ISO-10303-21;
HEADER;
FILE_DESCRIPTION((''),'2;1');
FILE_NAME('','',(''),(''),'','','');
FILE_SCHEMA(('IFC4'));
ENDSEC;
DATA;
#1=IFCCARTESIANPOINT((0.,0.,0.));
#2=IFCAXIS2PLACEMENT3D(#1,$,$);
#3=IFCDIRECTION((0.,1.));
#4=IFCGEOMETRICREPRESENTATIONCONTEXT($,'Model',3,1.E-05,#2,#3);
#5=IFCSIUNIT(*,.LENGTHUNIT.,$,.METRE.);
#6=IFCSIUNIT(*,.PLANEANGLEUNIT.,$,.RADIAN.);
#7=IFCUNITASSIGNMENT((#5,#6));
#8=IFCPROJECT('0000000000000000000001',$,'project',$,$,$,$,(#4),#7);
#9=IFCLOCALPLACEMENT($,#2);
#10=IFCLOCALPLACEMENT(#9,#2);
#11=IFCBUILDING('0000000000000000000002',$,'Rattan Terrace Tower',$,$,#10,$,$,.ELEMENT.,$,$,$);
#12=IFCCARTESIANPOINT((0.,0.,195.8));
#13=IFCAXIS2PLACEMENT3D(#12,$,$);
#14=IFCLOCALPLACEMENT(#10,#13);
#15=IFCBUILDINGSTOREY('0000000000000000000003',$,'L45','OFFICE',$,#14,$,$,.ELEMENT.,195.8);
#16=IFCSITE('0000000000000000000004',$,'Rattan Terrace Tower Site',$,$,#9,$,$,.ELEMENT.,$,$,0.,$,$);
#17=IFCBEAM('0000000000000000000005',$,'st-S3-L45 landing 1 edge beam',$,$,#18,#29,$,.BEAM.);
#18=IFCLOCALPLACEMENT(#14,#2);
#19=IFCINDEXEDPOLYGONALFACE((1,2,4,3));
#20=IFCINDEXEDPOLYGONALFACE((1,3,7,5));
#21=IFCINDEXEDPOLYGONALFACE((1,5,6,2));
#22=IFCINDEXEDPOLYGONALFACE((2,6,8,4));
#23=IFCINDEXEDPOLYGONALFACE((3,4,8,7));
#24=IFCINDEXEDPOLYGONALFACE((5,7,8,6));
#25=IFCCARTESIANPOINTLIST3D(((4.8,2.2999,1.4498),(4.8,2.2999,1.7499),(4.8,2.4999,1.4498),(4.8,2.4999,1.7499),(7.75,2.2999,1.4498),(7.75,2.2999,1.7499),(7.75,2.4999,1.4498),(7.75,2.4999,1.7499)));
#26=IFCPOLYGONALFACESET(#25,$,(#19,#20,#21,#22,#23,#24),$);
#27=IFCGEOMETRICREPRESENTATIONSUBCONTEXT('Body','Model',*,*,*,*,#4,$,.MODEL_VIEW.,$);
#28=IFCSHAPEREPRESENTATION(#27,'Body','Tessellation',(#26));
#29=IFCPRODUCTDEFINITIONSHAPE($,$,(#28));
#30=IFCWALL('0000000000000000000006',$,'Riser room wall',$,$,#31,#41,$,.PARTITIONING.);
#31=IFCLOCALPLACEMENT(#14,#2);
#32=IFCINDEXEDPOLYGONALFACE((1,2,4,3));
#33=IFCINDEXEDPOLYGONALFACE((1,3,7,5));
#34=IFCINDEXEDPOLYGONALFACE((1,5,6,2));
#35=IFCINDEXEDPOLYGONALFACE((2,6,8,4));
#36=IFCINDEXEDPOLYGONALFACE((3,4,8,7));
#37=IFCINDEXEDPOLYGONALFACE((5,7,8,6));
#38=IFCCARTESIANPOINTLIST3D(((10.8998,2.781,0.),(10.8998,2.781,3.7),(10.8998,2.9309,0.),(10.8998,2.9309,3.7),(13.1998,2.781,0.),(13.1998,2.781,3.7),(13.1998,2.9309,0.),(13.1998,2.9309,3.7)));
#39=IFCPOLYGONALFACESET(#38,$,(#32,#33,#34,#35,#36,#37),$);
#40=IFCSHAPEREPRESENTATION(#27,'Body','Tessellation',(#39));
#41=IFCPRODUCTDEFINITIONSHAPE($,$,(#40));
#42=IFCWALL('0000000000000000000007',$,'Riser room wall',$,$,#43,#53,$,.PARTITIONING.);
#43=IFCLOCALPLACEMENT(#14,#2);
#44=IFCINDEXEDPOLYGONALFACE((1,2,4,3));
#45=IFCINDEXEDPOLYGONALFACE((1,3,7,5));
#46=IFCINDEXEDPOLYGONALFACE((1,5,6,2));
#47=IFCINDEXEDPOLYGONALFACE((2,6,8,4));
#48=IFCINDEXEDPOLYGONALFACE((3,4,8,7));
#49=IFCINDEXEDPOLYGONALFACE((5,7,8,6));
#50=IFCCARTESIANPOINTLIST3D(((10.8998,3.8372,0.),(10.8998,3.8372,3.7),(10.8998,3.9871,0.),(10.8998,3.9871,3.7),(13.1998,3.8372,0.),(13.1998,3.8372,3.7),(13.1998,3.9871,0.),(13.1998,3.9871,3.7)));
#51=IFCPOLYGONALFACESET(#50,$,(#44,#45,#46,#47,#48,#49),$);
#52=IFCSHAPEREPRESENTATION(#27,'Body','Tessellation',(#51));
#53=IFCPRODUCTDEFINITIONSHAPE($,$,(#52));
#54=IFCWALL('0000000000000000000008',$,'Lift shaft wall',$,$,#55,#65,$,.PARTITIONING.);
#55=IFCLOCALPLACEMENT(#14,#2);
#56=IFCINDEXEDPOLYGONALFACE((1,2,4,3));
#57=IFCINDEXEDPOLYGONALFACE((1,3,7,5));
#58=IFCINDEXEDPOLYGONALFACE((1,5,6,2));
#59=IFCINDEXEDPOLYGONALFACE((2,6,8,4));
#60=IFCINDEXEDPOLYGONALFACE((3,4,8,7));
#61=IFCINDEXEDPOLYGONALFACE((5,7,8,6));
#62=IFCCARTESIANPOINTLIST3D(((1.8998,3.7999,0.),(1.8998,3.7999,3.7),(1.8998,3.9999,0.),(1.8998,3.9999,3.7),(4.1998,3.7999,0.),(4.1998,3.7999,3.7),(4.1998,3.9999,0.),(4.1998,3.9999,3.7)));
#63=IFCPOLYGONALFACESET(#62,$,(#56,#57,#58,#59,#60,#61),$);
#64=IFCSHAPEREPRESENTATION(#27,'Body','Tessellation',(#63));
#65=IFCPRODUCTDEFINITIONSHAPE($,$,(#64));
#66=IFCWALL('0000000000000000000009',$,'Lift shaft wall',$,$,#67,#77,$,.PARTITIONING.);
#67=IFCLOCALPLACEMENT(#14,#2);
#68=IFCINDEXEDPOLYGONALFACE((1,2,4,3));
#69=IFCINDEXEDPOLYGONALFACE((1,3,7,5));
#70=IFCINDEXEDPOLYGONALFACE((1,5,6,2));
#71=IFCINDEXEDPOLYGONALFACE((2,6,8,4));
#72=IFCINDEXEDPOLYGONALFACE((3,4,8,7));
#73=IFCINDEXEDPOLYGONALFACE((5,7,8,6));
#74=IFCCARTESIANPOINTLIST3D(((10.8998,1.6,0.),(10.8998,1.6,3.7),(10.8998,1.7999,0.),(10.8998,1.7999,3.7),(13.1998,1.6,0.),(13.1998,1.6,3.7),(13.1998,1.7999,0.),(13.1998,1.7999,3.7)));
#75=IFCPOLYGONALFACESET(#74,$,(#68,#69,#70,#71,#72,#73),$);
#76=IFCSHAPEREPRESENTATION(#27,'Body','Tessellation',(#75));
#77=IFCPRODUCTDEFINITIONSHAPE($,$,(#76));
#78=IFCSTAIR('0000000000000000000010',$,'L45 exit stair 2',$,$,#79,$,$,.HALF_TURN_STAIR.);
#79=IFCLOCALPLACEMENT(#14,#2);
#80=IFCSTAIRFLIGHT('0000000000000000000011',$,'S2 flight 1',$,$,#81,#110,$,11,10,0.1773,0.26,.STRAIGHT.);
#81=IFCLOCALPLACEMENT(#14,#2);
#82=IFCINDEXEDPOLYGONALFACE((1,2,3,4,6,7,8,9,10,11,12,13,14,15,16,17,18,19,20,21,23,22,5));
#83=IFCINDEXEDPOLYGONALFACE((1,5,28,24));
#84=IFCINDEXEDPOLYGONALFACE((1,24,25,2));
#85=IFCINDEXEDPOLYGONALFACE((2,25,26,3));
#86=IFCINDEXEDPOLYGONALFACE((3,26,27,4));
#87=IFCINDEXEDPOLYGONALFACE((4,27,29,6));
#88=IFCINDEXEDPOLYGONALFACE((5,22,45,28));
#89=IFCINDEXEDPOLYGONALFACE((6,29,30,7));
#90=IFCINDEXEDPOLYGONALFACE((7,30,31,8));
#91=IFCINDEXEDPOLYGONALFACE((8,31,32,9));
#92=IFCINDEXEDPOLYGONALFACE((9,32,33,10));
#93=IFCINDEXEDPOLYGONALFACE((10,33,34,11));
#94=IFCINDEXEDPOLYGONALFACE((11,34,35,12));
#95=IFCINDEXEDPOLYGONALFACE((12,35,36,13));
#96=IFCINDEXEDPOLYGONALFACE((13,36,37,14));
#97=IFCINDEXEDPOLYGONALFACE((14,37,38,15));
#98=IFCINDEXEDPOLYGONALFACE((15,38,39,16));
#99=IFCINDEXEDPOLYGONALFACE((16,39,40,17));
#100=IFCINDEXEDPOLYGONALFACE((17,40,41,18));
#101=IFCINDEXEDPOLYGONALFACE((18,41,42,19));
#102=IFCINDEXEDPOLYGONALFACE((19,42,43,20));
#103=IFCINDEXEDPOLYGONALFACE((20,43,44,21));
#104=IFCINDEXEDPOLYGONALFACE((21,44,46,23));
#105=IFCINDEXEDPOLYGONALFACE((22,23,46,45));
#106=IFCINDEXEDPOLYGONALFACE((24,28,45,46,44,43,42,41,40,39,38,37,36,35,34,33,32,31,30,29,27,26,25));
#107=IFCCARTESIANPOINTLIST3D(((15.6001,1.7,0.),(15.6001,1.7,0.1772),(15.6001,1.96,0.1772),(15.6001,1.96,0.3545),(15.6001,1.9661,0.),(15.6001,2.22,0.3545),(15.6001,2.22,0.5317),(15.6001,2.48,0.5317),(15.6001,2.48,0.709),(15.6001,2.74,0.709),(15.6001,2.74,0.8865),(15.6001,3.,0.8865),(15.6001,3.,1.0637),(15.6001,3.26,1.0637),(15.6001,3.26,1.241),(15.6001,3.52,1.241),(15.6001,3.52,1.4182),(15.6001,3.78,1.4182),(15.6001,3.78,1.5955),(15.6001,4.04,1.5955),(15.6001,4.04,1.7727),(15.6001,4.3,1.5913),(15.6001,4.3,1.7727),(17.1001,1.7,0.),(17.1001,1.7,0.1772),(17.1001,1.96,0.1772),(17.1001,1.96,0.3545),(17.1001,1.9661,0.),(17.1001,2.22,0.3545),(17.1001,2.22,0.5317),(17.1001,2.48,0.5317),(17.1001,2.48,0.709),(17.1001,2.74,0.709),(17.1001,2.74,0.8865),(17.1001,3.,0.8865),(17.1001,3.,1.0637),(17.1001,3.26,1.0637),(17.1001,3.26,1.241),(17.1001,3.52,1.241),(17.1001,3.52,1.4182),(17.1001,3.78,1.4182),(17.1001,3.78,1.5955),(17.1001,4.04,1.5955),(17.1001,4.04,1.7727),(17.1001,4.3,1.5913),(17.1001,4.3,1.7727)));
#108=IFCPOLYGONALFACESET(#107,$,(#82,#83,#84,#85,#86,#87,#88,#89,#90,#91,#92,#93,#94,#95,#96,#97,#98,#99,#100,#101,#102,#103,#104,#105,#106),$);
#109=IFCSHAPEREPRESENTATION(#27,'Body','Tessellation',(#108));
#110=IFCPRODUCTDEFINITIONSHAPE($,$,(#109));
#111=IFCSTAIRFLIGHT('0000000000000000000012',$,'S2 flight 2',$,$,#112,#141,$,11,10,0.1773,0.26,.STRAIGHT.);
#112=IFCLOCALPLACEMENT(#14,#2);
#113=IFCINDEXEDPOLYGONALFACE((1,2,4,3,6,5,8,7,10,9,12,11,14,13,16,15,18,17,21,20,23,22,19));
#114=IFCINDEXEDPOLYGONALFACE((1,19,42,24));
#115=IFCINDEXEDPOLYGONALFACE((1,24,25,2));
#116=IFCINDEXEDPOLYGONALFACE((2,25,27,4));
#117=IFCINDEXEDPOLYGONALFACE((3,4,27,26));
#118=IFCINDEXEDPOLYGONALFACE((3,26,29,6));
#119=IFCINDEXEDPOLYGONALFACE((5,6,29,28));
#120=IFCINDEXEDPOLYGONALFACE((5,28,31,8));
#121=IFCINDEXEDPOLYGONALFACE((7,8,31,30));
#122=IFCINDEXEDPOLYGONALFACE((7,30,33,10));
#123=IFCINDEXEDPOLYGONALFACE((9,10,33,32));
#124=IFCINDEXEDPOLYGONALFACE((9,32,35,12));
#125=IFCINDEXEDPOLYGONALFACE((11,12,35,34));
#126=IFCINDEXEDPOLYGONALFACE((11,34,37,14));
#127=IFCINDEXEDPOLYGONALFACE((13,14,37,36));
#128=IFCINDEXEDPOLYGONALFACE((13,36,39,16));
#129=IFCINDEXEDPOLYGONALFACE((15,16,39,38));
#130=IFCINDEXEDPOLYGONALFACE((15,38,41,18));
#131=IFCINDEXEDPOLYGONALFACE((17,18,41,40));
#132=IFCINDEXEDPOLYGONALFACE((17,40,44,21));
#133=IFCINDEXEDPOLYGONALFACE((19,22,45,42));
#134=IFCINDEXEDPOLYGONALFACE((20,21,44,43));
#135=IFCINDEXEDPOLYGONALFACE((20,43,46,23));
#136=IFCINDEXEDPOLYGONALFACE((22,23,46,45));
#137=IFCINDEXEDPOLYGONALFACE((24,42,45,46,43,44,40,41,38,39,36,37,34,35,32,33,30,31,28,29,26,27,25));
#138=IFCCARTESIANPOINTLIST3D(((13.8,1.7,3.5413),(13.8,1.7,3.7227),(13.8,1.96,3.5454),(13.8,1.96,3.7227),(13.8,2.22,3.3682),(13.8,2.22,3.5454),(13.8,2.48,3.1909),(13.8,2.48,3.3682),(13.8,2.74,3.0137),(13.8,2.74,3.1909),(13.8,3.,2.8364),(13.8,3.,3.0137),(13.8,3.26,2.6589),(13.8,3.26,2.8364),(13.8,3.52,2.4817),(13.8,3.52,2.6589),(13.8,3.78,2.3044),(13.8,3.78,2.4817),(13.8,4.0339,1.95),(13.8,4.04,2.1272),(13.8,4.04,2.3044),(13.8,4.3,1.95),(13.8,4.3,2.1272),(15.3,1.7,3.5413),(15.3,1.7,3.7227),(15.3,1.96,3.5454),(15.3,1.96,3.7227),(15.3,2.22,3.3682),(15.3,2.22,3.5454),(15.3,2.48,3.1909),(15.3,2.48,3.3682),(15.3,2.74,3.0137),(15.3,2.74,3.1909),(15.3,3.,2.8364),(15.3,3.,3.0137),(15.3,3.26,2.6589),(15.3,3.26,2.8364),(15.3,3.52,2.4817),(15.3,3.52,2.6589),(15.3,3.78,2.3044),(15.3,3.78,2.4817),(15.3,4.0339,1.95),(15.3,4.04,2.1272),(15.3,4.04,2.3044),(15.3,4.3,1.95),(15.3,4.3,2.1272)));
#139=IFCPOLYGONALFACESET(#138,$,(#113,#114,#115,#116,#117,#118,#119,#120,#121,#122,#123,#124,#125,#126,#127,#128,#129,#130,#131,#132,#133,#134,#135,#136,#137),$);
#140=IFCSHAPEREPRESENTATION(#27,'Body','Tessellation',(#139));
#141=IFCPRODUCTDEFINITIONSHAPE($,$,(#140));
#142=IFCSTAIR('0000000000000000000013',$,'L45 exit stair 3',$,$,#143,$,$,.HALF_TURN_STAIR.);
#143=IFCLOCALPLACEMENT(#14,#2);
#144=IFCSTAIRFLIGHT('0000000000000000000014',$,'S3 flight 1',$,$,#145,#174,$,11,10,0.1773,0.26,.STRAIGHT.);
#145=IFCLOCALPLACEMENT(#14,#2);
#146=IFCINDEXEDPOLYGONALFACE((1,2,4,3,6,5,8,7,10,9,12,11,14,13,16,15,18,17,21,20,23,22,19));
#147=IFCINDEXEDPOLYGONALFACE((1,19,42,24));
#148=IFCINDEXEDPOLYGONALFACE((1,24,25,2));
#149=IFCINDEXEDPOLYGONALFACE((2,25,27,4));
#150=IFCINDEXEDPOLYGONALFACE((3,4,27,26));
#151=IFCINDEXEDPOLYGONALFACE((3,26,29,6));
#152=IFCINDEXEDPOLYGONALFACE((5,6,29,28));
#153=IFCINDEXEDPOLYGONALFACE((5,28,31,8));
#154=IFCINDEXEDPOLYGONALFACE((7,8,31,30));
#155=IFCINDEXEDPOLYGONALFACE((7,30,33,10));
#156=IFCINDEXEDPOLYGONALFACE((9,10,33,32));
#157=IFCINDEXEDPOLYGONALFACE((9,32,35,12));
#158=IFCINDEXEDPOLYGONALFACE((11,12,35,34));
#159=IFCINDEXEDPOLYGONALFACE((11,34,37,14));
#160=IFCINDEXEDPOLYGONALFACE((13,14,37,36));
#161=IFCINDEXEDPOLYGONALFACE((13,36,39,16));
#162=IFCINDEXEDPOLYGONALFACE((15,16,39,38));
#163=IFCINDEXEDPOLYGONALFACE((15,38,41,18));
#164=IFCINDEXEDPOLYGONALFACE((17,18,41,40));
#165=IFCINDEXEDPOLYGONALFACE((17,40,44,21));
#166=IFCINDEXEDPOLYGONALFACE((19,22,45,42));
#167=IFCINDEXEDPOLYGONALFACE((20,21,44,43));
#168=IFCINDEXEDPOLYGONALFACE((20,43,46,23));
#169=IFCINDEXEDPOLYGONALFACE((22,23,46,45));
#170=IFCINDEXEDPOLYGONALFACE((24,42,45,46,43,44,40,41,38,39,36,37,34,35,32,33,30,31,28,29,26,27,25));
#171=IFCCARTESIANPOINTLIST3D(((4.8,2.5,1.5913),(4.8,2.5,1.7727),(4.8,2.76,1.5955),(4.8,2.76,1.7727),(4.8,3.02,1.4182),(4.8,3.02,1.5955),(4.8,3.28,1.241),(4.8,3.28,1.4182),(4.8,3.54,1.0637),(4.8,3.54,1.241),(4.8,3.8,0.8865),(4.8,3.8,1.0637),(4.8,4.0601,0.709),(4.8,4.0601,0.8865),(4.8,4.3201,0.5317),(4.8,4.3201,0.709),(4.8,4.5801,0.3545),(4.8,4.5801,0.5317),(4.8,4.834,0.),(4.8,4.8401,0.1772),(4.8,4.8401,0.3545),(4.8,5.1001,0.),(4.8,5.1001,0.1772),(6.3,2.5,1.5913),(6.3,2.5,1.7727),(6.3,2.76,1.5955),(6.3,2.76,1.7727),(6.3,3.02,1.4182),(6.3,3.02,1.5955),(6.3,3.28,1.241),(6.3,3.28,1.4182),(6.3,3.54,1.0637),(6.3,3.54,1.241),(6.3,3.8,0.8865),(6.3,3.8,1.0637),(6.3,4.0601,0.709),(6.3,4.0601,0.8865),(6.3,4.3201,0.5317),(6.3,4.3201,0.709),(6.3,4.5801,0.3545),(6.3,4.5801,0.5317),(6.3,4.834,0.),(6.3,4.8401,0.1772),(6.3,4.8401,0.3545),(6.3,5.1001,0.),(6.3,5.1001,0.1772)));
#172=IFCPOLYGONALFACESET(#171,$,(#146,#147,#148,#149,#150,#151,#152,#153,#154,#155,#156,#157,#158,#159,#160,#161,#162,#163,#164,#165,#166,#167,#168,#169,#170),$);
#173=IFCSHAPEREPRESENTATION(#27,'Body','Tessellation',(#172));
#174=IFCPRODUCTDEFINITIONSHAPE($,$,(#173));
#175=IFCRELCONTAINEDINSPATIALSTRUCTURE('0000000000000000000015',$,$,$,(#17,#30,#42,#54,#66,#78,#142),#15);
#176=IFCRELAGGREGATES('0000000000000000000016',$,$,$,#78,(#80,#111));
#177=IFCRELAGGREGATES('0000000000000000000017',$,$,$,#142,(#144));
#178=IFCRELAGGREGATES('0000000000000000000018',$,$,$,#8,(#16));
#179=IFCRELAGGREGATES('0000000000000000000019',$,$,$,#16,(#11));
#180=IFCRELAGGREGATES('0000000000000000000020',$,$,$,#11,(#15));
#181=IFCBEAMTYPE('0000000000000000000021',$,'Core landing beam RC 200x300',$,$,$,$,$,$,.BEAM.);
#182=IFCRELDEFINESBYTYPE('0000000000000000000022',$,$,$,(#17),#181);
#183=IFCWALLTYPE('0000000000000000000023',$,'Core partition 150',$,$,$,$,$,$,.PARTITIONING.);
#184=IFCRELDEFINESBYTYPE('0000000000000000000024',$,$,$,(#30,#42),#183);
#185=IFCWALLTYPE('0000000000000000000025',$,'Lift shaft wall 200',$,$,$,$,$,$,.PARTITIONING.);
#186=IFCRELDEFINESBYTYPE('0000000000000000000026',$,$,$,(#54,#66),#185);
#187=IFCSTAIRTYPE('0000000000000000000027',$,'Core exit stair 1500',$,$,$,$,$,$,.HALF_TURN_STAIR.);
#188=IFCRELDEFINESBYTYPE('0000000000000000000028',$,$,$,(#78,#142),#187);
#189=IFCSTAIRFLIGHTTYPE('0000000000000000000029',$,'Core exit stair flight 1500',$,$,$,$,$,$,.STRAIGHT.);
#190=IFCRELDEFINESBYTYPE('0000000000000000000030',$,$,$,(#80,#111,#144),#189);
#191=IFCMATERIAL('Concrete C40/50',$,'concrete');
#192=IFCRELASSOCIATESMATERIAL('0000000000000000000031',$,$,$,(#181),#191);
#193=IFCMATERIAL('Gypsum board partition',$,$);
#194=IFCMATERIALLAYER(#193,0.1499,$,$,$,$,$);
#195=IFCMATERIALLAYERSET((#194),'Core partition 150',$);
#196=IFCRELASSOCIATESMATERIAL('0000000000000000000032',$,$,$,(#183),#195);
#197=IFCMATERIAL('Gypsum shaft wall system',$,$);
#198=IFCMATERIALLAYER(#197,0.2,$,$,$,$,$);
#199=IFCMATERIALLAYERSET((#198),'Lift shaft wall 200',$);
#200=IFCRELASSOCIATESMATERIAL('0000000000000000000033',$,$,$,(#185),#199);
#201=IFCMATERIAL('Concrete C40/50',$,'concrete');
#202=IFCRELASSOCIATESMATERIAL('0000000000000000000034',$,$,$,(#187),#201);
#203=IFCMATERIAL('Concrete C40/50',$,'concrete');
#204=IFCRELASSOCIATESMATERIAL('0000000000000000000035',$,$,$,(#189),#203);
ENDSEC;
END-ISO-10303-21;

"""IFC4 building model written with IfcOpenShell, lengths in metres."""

from ifc_helpers import new_model, si_unit, direction, frame, frame_2d, origin, origin_2d, place, context, subcontext, project, spatial, polyline, rectangle, outline, extrude, material, layer, layer_set, material_profile, profile_set, type_object, element, aggregate, save


model = new_model("IFC4")

# Units and contexts
model_context = context("Model", 3, precision=1e-05, world=origin(), true_north=direction((0.0, 1.0)))
body_context = subcontext(model_context, "Body", "Model", "MODEL_VIEW")
ifc_project = project(units=[si_unit("LENGTHUNIT", "METRE"), si_unit("PLANEANGLEUNIT", "RADIAN")], contexts=[model_context])

# Site, building, storey
site_placement = place(None, origin())
site = spatial("IfcSite", under=ifc_project, at=site_placement, Name="Rattan Terrace Tower Site", CompositionType="ELEMENT", RefElevation=0.0)
building_placement = place(site_placement, origin())
building = spatial("IfcBuilding", under=site, at=building_placement, Name="Rattan Terrace Tower", CompositionType="ELEMENT")
storey_placement = place(building_placement, frame((0.0, 0.0, 195.8)))
storey = spatial("IfcBuildingStorey", under=building, at=storey_placement, Name="L45", Description="OFFICE", CompositionType="ELEMENT", Elevation=195.8)

# Beam
ifc_material_1 = material(Name="Concrete C40/50", Category="concrete")
ifc_material_profile = material_profile(ifc_material_1, rectangle(XDim=0.2, YDim=0.3, at=origin_2d()), Name="RC 200x300")
ifc_profile_set = profile_set([ifc_material_profile], Name="Concrete C40/50")
beam_type = type_object("IfcBeamType", Name="Core landing beam RC 200x300", PredefinedType="BEAM", material=ifc_profile_set)
beam_placement = place(storey_placement, frame((4.8, 2.3999, 1.5999), z_axis=(1.0, 0.0, 0.0), x_axis=(0.0, 1.0, 0.0)))
element("IfcBeam", 1, at=beam_placement, inside=storey, type_object=beam_type, Name="st-S3-L45 landing 1 edge beam", PredefinedType="BEAM", context=body_context, shape_type="SweptSolid", body=[
    extrude(rectangle(XDim=0.2, YDim=0.3, at=origin_2d()), origin(), (0.0, 0.0, 1.0), 2.95),
])

# Walls
ifc_material_2 = material(Name="Gypsum board partition")
ifc_layer_1 = layer(ifc_material_2, 0.1499)
ifc_layer_set_1 = layer_set([ifc_layer_1], Name="Core partition 150")
wall_type_1 = type_object("IfcWallType", Name="Core partition 150", PredefinedType="PARTITIONING", material=ifc_layer_set_1)
for number, where, z_axis, x_axis, name in (
    (2, (10.8999, 2.856, 0.0), (0.0, 0.0, 1.0), (1.0, 0.0, 0.0), "Riser room wall"),
    (3, (10.8999, 3.9121, 0.0), (0.0, 0.0, 1.0), (1.0, 0.0, 0.0), "Riser room wall"),
):
    element("IfcWall", number, at=place(storey_placement, frame(where, z_axis=z_axis, x_axis=x_axis)), inside=storey, type_object=wall_type_1, Name=name, PredefinedType="PARTITIONING", context=body_context, shape_type="SweptSolid", body=[
        extrude(rectangle(XDim=2.3, YDim=0.1499, at=frame_2d((1.1499, 0.0))), origin(), (0.0, 0.0, 1.0), 3.7),
    ])
ifc_material_3 = material(Name="Gypsum shaft wall system")
ifc_layer_2 = layer(ifc_material_3, 0.2)
ifc_layer_set_2 = layer_set([ifc_layer_2], Name="Lift shaft wall 200")
wall_type_2 = type_object("IfcWallType", Name="Lift shaft wall 200", PredefinedType="PARTITIONING", material=ifc_layer_set_2)
for number, where, z_axis, x_axis, name in (
    (4, (1.8999, 3.8999, 0.0), (0.0, 0.0, 1.0), (1.0, 0.0, 0.0), "Lift shaft wall"),
    (5, (10.8999, 1.7, 0.0), (0.0, 0.0, 1.0), (1.0, 0.0, 0.0), "Lift shaft wall"),
):
    element("IfcWall", number, at=place(storey_placement, frame(where, z_axis=z_axis, x_axis=x_axis)), inside=storey, type_object=wall_type_2, Name=name, PredefinedType="PARTITIONING", context=body_context, shape_type="SweptSolid", body=[
        extrude(rectangle(XDim=2.3, YDim=0.2, at=frame_2d((1.1499, 0.0))), origin(), (0.0, 0.0, 1.0), 3.7),
    ])

# Stairs, stair flights
ifc_material_4 = material(Name="Concrete C40/50", Category="concrete")
stair_type = type_object("IfcStairType", Name="Core exit stair 1500", PredefinedType="HALF_TURN_STAIR", material=ifc_material_4)
stair_1_placement = place(storey_placement, origin())
stair_1 = element("IfcStair", 6, at=stair_1_placement, inside=storey, type_object=stair_type, Name="L45 exit stair 2", PredefinedType="HALF_TURN_STAIR")
ifc_material_5 = material(Name="Concrete C40/50", Category="concrete")
stair_flight_type = type_object("IfcStairFlightType", Name="Core exit stair flight 1500", PredefinedType="STRAIGHT", material=ifc_material_5)
stair_flight_1_placement = place(storey_placement, frame((16.3501, 1.7, 0.0), z_axis=(0.0, 0.0, 1.0), x_axis=(0.0, 1.0, 0.0)))
stair_flight_1 = element("IfcStairFlight", 7, at=stair_flight_1_placement, type_object=stair_flight_type, Name="S2 flight 1", NumberOfRisers=11, NumberOfTreads=10, PredefinedType="STRAIGHT", RiserHeight=0.1773, TreadLength=0.26, context=body_context, shape_type="SweptSolid", body=[
    extrude(outline(polyline([(0.0, 0.0), (0.0, 0.1772), (0.26, 0.1772), (0.26, 0.3545), (0.52, 0.3545), (0.52, 0.5317), (0.78, 0.5317), (0.78, 0.709), (1.04, 0.709), (1.04, 0.8865), (1.3, 0.8865), (1.3, 1.0637), (1.5601, 1.0637), (1.5601, 1.241), (1.8201, 1.241), (1.8201, 1.4182), (2.0801, 1.4182), (2.0801, 1.5955), (2.3401, 1.5955), (2.3401, 1.7727), (2.6001, 1.7727), (2.6001, 1.95), (2.6001, 1.5913), (0.2661, 0.0), (0.0, 0.0)])), frame((0.0, 0.75, 0.0), z_axis=(0.0, -1.0, 0.0), x_axis=(1.0, 0.0, 0.0)), (0.0, 0.0, 1.0), 1.5),
])
stair_flight_2_placement = place(storey_placement, frame((14.55, 4.3, 1.95), z_axis=(0.0, 0.0, 1.0), x_axis=(0.0, -1.0, 0.0)))
stair_flight_2 = element("IfcStairFlight", 8, at=stair_flight_2_placement, type_object=stair_flight_type, Name="S2 flight 2", NumberOfRisers=11, NumberOfTreads=10, PredefinedType="STRAIGHT", RiserHeight=0.1773, TreadLength=0.26, context=body_context, shape_type="SweptSolid", body=[
    extrude(outline(polyline([(0.0, 0.0), (0.0, 0.1772), (0.26, 0.1772), (0.26, 0.3545), (0.52, 0.3545), (0.52, 0.5317), (0.78, 0.5317), (0.78, 0.709), (1.04, 0.709), (1.04, 0.8865), (1.3, 0.8865), (1.3, 1.0637), (1.5601, 1.0637), (1.5601, 1.241), (1.8201, 1.241), (1.8201, 1.4182), (2.0801, 1.4182), (2.0801, 1.5955), (2.3401, 1.5955), (2.3401, 1.7727), (2.6001, 1.7727), (2.6001, 1.95), (2.6001, 1.5913), (0.2661, 0.0), (0.0, 0.0)])), frame((0.0, 0.75, 0.0), z_axis=(0.0, -1.0, 0.0), x_axis=(1.0, 0.0, 0.0)), (0.0, 0.0, 1.0), 1.5),
])
aggregate(stair_1, [stair_flight_1, stair_flight_2])
stair_2_placement = place(storey_placement, origin())
stair_2 = element("IfcStair", 9, at=stair_2_placement, inside=storey, type_object=stair_type, Name="L45 exit stair 3", PredefinedType="HALF_TURN_STAIR")
stair_flight_3_placement = place(storey_placement, frame((5.55, 5.1001, 0.0), z_axis=(0.0, 0.0, 1.0), x_axis=(0.0, -1.0, 0.0)))
stair_flight_3 = element("IfcStairFlight", 10, at=stair_flight_3_placement, type_object=stair_flight_type, Name="S3 flight 1", NumberOfRisers=11, NumberOfTreads=10, PredefinedType="STRAIGHT", RiserHeight=0.1773, TreadLength=0.26, context=body_context, shape_type="SweptSolid", body=[
    extrude(outline(polyline([(0.0, 0.0), (0.0, 0.1772), (0.26, 0.1772), (0.26, 0.3545), (0.52, 0.3545), (0.52, 0.5317), (0.78, 0.5317), (0.78, 0.709), (1.04, 0.709), (1.04, 0.8865), (1.3, 0.8865), (1.3, 1.0637), (1.5601, 1.0637), (1.5601, 1.241), (1.8201, 1.241), (1.8201, 1.4182), (2.0801, 1.4182), (2.0801, 1.5955), (2.3401, 1.5955), (2.3401, 1.7727), (2.6001, 1.7727), (2.6001, 1.95), (2.6001, 1.5913), (0.2661, 0.0), (0.0, 0.0)])), frame((0.0, 0.75, 0.0), z_axis=(0.0, -1.0, 0.0), x_axis=(1.0, 0.0, 0.0)), (0.0, 0.0, 1.0), 1.5),
])
aggregate(stair_2, [stair_flight_3])

save(model, "model.ifc")
